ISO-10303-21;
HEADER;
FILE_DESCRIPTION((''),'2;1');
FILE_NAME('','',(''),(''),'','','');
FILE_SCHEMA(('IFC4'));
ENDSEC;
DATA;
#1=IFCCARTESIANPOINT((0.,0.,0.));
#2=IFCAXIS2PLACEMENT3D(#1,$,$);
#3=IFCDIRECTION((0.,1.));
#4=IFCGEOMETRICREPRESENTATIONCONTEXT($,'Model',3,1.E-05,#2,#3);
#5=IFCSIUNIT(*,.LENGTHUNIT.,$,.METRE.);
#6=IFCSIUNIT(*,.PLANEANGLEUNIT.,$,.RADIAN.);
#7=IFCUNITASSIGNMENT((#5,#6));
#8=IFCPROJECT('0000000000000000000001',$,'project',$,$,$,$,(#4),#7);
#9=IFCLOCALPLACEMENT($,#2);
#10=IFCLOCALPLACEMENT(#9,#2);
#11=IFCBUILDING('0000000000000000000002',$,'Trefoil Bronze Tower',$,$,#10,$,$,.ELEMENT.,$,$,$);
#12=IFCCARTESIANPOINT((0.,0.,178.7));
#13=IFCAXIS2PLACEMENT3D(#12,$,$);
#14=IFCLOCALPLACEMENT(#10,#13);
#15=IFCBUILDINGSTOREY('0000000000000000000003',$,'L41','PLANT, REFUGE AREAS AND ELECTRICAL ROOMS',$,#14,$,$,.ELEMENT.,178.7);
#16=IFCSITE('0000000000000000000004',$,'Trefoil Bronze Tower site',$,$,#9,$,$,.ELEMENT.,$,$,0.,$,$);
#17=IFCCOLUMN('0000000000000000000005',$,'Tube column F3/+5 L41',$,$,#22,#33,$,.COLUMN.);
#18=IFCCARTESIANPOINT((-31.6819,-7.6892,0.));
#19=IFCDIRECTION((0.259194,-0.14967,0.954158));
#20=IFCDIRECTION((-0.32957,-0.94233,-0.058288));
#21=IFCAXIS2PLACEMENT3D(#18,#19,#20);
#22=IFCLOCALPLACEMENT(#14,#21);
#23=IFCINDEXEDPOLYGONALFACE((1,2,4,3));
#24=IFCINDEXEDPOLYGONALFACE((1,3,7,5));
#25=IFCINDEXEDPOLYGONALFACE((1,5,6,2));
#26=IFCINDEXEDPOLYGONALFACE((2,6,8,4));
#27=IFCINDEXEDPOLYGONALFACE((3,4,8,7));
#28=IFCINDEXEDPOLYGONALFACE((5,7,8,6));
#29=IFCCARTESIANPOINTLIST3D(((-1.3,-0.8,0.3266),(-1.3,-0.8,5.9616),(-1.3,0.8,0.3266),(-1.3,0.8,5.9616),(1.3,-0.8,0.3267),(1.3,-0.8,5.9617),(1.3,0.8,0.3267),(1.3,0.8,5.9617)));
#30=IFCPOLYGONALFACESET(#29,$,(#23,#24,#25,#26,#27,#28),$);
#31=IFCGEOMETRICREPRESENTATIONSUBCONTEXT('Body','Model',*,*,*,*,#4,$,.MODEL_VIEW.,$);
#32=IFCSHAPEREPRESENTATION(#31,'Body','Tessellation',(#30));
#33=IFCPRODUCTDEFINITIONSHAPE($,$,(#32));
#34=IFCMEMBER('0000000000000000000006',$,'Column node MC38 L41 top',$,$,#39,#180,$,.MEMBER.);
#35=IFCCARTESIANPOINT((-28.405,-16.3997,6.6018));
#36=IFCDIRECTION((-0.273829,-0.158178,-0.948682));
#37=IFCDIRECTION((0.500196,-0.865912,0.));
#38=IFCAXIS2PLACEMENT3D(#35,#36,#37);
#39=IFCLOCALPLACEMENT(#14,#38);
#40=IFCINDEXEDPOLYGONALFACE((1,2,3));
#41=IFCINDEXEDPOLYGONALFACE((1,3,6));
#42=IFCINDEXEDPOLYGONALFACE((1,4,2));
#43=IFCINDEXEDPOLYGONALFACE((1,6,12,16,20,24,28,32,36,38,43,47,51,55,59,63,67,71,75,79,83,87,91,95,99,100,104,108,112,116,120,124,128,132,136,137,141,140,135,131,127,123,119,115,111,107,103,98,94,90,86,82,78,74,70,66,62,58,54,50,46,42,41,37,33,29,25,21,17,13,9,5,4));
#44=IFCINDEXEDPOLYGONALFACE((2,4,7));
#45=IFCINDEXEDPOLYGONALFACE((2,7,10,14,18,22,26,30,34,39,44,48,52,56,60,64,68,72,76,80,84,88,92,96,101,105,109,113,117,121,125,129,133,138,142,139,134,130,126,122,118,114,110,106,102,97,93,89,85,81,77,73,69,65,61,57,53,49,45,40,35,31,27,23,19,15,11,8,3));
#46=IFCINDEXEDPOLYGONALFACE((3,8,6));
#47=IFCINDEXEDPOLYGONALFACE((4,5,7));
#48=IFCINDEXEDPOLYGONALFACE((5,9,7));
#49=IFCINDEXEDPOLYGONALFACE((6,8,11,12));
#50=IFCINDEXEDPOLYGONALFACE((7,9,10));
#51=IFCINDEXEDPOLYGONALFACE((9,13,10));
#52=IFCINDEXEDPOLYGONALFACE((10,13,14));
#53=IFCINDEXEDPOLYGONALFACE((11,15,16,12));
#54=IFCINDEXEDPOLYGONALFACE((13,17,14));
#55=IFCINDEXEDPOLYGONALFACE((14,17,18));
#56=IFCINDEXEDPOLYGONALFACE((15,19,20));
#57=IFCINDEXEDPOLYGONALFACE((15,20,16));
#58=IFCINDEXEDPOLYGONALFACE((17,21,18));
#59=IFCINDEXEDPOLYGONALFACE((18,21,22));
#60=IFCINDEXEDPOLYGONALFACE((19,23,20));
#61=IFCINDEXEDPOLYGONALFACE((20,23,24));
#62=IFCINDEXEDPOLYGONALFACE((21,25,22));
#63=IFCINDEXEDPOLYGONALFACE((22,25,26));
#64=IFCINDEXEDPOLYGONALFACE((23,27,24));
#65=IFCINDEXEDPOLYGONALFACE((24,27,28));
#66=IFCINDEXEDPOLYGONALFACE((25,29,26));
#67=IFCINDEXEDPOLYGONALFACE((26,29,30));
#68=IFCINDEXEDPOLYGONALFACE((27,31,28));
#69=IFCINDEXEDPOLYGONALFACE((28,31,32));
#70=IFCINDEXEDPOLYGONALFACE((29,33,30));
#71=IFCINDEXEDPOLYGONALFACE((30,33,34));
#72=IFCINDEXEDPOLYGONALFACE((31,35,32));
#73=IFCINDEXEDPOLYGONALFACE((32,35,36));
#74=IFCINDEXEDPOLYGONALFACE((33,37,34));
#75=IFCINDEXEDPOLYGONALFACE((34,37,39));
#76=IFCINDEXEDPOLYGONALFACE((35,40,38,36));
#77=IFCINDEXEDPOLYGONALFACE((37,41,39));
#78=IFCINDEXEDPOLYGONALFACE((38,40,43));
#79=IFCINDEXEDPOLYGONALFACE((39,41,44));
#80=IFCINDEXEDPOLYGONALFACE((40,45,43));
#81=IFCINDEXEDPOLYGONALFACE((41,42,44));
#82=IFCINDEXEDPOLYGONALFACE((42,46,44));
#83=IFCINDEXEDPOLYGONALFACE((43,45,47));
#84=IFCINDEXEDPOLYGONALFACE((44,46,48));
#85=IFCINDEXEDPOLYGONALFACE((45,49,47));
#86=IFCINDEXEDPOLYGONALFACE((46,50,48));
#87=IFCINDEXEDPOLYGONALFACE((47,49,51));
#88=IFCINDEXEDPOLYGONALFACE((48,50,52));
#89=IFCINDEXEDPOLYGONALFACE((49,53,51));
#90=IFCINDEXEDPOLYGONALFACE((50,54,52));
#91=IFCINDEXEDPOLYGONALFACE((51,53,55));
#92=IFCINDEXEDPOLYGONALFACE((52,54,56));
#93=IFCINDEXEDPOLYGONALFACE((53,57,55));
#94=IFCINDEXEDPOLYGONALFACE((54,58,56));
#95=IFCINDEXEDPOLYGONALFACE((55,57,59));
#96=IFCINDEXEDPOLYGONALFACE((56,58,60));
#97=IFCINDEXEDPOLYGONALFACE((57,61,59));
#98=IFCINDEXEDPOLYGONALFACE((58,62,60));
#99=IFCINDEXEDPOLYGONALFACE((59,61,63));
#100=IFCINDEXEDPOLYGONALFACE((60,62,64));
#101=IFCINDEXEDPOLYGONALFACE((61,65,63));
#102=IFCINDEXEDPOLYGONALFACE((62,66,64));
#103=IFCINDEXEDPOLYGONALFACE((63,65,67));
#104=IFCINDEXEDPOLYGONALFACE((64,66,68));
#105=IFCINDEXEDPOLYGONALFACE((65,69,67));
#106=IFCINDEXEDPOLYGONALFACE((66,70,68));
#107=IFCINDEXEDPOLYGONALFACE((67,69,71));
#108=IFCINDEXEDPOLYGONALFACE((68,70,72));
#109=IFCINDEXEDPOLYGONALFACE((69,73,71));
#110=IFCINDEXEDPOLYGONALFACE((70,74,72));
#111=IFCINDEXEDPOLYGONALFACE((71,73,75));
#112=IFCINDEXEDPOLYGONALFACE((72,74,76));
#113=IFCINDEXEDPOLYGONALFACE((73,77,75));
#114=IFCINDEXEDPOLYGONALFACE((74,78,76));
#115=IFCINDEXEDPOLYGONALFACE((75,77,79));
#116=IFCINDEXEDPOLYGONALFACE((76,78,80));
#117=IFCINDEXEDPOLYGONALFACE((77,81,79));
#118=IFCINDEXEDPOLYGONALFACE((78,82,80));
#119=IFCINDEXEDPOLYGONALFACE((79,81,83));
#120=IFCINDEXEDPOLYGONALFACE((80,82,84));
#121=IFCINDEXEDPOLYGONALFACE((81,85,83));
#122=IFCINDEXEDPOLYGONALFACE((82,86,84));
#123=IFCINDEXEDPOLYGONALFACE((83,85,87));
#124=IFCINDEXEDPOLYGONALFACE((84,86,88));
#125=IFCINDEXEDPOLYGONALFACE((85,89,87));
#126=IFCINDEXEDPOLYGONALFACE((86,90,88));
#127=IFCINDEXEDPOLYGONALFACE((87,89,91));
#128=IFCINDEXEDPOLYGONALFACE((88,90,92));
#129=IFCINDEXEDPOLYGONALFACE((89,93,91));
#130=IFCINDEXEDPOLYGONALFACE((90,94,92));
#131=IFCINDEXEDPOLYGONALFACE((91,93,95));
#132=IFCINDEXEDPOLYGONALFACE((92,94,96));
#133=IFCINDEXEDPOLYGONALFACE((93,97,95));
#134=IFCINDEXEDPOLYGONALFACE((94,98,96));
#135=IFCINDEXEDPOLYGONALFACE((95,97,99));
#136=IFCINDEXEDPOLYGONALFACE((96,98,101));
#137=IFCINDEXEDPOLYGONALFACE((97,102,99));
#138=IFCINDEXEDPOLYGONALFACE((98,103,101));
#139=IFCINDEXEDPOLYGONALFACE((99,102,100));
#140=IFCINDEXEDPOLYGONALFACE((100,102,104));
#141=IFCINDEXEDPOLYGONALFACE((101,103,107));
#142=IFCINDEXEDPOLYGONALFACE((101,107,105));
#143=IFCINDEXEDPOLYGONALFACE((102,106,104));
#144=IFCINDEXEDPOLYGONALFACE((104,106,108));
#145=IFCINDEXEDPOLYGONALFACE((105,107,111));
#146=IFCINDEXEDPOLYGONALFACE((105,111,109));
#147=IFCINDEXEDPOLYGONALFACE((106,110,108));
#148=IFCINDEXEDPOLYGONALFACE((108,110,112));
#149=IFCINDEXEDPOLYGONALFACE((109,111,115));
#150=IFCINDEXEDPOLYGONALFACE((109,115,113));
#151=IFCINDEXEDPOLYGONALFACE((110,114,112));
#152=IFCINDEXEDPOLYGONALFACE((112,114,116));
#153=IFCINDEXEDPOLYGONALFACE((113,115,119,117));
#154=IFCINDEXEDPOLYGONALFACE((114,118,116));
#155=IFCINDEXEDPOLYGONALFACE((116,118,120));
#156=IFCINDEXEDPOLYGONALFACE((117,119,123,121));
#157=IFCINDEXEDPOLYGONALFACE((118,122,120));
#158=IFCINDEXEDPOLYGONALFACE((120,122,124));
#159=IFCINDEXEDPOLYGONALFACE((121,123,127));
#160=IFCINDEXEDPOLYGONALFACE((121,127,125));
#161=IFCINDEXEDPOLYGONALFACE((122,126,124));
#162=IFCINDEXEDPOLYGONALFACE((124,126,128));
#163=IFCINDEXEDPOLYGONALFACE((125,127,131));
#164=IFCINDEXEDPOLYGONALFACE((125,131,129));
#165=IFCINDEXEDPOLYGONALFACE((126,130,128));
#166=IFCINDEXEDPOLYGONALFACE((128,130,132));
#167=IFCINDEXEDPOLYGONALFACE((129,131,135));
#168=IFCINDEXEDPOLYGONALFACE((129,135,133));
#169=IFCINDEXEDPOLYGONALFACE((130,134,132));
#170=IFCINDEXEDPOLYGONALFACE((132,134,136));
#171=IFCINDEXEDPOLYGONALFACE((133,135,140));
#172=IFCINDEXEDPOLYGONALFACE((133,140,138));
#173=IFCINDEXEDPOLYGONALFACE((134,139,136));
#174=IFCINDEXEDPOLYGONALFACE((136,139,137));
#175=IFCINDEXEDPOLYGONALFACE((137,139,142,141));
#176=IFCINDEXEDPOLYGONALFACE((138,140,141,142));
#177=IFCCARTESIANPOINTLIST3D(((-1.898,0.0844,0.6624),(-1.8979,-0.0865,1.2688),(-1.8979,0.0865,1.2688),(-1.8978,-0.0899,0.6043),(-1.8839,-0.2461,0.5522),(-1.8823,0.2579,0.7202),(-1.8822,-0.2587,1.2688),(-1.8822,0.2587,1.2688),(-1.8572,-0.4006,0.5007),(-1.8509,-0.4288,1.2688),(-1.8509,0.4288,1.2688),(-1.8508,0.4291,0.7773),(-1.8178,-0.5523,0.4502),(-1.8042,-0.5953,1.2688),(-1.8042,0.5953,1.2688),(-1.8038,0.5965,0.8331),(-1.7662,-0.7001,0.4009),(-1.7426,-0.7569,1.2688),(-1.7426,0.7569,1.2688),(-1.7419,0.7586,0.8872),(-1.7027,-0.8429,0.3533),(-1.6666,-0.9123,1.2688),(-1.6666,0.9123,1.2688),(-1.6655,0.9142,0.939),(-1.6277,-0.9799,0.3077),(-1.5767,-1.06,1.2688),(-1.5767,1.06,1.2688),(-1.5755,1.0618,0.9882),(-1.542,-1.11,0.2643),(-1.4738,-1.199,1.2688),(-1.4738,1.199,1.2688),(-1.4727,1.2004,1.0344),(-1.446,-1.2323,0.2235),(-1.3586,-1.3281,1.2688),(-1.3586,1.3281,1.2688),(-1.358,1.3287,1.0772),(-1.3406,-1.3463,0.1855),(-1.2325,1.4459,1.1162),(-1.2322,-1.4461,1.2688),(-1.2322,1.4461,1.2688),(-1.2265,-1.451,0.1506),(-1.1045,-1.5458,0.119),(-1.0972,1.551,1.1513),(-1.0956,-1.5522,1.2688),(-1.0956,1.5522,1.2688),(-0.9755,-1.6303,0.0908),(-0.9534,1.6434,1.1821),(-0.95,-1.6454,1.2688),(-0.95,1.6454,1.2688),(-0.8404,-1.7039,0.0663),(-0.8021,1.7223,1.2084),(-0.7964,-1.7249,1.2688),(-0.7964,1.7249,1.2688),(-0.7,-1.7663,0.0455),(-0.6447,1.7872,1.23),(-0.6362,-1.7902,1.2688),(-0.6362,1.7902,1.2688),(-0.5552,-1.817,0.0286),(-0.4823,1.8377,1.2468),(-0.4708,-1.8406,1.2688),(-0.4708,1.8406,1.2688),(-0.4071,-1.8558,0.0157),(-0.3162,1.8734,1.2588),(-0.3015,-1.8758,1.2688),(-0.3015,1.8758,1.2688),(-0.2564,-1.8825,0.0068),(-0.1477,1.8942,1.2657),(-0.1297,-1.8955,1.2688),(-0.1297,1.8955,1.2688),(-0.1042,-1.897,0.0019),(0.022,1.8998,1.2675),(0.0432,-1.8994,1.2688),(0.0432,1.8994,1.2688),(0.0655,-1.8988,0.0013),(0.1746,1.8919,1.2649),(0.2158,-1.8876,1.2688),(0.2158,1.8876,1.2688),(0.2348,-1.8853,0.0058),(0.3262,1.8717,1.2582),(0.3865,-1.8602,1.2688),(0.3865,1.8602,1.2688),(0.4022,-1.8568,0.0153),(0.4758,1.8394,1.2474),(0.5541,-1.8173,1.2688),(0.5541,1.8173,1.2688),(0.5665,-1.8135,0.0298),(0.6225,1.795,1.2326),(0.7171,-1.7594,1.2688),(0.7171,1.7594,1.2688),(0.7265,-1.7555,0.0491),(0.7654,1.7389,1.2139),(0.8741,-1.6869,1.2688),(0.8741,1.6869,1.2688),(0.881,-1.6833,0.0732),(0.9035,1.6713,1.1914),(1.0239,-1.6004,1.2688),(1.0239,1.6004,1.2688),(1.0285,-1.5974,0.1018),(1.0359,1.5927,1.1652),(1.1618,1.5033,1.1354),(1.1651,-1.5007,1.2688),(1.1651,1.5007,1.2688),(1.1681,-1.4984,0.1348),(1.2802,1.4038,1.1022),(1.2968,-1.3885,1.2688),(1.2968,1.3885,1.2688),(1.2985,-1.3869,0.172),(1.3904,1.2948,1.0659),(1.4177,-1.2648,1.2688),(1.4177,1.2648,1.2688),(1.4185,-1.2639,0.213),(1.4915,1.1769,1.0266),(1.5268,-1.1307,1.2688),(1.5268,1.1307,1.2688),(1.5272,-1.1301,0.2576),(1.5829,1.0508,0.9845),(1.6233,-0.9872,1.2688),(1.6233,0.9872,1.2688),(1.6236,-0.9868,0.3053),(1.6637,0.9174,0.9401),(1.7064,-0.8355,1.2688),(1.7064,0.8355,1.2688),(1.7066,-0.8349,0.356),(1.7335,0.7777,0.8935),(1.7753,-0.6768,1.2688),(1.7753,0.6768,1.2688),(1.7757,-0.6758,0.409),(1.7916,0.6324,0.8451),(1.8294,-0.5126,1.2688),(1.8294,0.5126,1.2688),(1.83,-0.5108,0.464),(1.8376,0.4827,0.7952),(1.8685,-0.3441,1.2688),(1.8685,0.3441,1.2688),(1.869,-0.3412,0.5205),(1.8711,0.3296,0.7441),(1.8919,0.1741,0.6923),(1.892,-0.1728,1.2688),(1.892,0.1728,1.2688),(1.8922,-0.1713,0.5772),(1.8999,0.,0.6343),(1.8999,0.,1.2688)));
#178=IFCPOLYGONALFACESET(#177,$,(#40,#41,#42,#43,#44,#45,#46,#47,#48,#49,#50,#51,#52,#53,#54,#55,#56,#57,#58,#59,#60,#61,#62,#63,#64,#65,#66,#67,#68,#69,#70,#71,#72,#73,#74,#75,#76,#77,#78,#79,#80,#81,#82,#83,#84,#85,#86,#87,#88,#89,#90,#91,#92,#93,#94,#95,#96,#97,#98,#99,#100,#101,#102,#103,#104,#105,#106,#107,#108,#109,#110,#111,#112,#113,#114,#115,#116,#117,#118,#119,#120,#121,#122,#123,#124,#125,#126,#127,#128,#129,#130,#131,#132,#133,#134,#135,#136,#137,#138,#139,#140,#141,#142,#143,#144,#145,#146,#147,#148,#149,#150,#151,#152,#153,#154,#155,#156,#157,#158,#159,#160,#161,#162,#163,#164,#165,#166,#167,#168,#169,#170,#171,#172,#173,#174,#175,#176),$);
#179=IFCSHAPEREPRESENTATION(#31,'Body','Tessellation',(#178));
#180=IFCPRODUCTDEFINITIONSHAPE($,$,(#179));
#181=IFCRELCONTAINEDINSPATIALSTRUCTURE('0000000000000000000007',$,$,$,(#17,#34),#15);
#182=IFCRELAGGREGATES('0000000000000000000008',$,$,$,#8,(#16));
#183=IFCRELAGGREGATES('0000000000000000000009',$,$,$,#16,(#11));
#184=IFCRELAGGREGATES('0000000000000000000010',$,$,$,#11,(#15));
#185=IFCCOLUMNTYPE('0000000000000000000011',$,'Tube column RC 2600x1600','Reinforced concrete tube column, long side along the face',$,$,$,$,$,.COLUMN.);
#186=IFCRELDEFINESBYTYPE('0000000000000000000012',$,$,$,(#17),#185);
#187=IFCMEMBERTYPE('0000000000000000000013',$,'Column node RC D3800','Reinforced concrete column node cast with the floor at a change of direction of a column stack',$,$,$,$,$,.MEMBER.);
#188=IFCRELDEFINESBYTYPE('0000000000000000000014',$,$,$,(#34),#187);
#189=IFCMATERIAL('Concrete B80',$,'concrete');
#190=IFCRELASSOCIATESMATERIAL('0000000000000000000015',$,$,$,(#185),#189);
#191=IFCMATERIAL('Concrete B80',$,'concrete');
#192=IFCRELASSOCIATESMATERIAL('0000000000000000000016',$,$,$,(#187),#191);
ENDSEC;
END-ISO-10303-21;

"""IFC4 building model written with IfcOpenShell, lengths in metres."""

from ifc_helpers import new_model, si_unit, direction, frame, origin, origin_2d, place, context, subcontext, project, spatial, rectangle, circle, extrude, clip, halfspace, material, material_profile, profile_set, type_object, element, save


model = new_model("IFC4")

# Units and contexts
model_context = context("Model", 3, precision=1e-05, world=origin(), true_north=direction((0.0, 1.0)))
body_context = subcontext(model_context, "Body", "Model", "MODEL_VIEW")
ifc_project = project(units=[si_unit("LENGTHUNIT", "METRE"), si_unit("PLANEANGLEUNIT", "RADIAN")], contexts=[model_context])

# Site, building, storey
site_placement = place(None, origin())
site = spatial("IfcSite", under=ifc_project, at=site_placement, Name="Trefoil Bronze Tower site", CompositionType="ELEMENT", RefElevation=0.0)
building_placement = place(site_placement, origin())
building = spatial("IfcBuilding", under=site, at=building_placement, Name="Trefoil Bronze Tower", CompositionType="ELEMENT")
storey_placement = place(building_placement, frame((0.0, 0.0, 178.7)))
storey = spatial("IfcBuildingStorey", under=building, at=storey_placement, Name="L41", Description="PLANT, REFUGE AREAS AND ELECTRICAL ROOMS", CompositionType="ELEMENT", Elevation=178.7)

# Column
ifc_material_1 = material(Name="Concrete B80", Category="concrete")
ifc_material_profile_1 = material_profile(ifc_material_1, rectangle(XDim=2.6001, YDim=1.6001, at=origin_2d()), Name="RC 2600x1600")
ifc_profile_set_1 = profile_set([ifc_material_profile_1], Name="Concrete B80")
column_type = type_object("IfcColumnType", Name="Tube column RC 2600x1600", Description="Reinforced concrete tube column, long side along the face", PredefinedType="COLUMN", material=ifc_profile_set_1)
column_placement = place(storey_placement, frame((-31.6819, -7.6892, 0.0), z_axis=(0.259194, -0.14967, 0.954158), x_axis=(-0.32957, -0.94233, -0.058288)))
element("IfcColumn", 1, at=column_placement, inside=storey, type_object=column_type, Name="Tube column F3/+5 L41", PredefinedType="COLUMN", context=body_context, shape_type="Clipping", body=[
    clip(clip(extrude(rectangle(XDim=2.6001, YDim=1.6001, at=origin_2d()), origin(), (0.0, 0.0, 1.0), 6.2883), halfspace(frame((0.0, 0.0, 0.3267), z_axis=(-0.000022, -0.000003, 1.0), x_axis=(0.0, 1.0, 0.000003)), True)), halfspace(frame((0.0, 0.0, 5.9617), z_axis=(0.000022, 0.000003, -1.0), x_axis=(0.0, -1.0, -0.000003)), True)),
])

# Member
ifc_material_2 = material(Name="Concrete B80", Category="concrete")
ifc_material_profile_2 = material_profile(ifc_material_2, circle(Radius=1.8999, at=origin_2d()), Name="RC D3800")
ifc_profile_set_2 = profile_set([ifc_material_profile_2], Name="Concrete B80")
member_type_1 = type_object("IfcMemberType", Name="Column node RC D3800", Description="Reinforced concrete column node cast with the floor at a change of direction of a column stack", PredefinedType="MEMBER", material=ifc_profile_set_2)
member_1_placement = place(storey_placement, frame((-28.405, -16.3997, 6.6018), z_axis=(-0.273829, -0.158178, -0.948682), x_axis=(0.500196, -0.865912, 0.0)))
element("IfcMember", 2, at=member_1_placement, inside=storey, type_object=member_type_1, Name="Column node MC38 L41 top", PredefinedType="MEMBER", context=body_context, shape_type="Clipping", body=[
    clip(extrude(circle(Radius=1.8999, at=origin_2d()), origin(), (0.0, 0.0, 1.0), 1.2688), halfspace(frame((0.0, 0.0, 0.6343), z_axis=(0.0, -0.316231, 0.948682), x_axis=(0.0, 0.948682, 0.316231)), True)),
])

save(model, "model.ifc")
